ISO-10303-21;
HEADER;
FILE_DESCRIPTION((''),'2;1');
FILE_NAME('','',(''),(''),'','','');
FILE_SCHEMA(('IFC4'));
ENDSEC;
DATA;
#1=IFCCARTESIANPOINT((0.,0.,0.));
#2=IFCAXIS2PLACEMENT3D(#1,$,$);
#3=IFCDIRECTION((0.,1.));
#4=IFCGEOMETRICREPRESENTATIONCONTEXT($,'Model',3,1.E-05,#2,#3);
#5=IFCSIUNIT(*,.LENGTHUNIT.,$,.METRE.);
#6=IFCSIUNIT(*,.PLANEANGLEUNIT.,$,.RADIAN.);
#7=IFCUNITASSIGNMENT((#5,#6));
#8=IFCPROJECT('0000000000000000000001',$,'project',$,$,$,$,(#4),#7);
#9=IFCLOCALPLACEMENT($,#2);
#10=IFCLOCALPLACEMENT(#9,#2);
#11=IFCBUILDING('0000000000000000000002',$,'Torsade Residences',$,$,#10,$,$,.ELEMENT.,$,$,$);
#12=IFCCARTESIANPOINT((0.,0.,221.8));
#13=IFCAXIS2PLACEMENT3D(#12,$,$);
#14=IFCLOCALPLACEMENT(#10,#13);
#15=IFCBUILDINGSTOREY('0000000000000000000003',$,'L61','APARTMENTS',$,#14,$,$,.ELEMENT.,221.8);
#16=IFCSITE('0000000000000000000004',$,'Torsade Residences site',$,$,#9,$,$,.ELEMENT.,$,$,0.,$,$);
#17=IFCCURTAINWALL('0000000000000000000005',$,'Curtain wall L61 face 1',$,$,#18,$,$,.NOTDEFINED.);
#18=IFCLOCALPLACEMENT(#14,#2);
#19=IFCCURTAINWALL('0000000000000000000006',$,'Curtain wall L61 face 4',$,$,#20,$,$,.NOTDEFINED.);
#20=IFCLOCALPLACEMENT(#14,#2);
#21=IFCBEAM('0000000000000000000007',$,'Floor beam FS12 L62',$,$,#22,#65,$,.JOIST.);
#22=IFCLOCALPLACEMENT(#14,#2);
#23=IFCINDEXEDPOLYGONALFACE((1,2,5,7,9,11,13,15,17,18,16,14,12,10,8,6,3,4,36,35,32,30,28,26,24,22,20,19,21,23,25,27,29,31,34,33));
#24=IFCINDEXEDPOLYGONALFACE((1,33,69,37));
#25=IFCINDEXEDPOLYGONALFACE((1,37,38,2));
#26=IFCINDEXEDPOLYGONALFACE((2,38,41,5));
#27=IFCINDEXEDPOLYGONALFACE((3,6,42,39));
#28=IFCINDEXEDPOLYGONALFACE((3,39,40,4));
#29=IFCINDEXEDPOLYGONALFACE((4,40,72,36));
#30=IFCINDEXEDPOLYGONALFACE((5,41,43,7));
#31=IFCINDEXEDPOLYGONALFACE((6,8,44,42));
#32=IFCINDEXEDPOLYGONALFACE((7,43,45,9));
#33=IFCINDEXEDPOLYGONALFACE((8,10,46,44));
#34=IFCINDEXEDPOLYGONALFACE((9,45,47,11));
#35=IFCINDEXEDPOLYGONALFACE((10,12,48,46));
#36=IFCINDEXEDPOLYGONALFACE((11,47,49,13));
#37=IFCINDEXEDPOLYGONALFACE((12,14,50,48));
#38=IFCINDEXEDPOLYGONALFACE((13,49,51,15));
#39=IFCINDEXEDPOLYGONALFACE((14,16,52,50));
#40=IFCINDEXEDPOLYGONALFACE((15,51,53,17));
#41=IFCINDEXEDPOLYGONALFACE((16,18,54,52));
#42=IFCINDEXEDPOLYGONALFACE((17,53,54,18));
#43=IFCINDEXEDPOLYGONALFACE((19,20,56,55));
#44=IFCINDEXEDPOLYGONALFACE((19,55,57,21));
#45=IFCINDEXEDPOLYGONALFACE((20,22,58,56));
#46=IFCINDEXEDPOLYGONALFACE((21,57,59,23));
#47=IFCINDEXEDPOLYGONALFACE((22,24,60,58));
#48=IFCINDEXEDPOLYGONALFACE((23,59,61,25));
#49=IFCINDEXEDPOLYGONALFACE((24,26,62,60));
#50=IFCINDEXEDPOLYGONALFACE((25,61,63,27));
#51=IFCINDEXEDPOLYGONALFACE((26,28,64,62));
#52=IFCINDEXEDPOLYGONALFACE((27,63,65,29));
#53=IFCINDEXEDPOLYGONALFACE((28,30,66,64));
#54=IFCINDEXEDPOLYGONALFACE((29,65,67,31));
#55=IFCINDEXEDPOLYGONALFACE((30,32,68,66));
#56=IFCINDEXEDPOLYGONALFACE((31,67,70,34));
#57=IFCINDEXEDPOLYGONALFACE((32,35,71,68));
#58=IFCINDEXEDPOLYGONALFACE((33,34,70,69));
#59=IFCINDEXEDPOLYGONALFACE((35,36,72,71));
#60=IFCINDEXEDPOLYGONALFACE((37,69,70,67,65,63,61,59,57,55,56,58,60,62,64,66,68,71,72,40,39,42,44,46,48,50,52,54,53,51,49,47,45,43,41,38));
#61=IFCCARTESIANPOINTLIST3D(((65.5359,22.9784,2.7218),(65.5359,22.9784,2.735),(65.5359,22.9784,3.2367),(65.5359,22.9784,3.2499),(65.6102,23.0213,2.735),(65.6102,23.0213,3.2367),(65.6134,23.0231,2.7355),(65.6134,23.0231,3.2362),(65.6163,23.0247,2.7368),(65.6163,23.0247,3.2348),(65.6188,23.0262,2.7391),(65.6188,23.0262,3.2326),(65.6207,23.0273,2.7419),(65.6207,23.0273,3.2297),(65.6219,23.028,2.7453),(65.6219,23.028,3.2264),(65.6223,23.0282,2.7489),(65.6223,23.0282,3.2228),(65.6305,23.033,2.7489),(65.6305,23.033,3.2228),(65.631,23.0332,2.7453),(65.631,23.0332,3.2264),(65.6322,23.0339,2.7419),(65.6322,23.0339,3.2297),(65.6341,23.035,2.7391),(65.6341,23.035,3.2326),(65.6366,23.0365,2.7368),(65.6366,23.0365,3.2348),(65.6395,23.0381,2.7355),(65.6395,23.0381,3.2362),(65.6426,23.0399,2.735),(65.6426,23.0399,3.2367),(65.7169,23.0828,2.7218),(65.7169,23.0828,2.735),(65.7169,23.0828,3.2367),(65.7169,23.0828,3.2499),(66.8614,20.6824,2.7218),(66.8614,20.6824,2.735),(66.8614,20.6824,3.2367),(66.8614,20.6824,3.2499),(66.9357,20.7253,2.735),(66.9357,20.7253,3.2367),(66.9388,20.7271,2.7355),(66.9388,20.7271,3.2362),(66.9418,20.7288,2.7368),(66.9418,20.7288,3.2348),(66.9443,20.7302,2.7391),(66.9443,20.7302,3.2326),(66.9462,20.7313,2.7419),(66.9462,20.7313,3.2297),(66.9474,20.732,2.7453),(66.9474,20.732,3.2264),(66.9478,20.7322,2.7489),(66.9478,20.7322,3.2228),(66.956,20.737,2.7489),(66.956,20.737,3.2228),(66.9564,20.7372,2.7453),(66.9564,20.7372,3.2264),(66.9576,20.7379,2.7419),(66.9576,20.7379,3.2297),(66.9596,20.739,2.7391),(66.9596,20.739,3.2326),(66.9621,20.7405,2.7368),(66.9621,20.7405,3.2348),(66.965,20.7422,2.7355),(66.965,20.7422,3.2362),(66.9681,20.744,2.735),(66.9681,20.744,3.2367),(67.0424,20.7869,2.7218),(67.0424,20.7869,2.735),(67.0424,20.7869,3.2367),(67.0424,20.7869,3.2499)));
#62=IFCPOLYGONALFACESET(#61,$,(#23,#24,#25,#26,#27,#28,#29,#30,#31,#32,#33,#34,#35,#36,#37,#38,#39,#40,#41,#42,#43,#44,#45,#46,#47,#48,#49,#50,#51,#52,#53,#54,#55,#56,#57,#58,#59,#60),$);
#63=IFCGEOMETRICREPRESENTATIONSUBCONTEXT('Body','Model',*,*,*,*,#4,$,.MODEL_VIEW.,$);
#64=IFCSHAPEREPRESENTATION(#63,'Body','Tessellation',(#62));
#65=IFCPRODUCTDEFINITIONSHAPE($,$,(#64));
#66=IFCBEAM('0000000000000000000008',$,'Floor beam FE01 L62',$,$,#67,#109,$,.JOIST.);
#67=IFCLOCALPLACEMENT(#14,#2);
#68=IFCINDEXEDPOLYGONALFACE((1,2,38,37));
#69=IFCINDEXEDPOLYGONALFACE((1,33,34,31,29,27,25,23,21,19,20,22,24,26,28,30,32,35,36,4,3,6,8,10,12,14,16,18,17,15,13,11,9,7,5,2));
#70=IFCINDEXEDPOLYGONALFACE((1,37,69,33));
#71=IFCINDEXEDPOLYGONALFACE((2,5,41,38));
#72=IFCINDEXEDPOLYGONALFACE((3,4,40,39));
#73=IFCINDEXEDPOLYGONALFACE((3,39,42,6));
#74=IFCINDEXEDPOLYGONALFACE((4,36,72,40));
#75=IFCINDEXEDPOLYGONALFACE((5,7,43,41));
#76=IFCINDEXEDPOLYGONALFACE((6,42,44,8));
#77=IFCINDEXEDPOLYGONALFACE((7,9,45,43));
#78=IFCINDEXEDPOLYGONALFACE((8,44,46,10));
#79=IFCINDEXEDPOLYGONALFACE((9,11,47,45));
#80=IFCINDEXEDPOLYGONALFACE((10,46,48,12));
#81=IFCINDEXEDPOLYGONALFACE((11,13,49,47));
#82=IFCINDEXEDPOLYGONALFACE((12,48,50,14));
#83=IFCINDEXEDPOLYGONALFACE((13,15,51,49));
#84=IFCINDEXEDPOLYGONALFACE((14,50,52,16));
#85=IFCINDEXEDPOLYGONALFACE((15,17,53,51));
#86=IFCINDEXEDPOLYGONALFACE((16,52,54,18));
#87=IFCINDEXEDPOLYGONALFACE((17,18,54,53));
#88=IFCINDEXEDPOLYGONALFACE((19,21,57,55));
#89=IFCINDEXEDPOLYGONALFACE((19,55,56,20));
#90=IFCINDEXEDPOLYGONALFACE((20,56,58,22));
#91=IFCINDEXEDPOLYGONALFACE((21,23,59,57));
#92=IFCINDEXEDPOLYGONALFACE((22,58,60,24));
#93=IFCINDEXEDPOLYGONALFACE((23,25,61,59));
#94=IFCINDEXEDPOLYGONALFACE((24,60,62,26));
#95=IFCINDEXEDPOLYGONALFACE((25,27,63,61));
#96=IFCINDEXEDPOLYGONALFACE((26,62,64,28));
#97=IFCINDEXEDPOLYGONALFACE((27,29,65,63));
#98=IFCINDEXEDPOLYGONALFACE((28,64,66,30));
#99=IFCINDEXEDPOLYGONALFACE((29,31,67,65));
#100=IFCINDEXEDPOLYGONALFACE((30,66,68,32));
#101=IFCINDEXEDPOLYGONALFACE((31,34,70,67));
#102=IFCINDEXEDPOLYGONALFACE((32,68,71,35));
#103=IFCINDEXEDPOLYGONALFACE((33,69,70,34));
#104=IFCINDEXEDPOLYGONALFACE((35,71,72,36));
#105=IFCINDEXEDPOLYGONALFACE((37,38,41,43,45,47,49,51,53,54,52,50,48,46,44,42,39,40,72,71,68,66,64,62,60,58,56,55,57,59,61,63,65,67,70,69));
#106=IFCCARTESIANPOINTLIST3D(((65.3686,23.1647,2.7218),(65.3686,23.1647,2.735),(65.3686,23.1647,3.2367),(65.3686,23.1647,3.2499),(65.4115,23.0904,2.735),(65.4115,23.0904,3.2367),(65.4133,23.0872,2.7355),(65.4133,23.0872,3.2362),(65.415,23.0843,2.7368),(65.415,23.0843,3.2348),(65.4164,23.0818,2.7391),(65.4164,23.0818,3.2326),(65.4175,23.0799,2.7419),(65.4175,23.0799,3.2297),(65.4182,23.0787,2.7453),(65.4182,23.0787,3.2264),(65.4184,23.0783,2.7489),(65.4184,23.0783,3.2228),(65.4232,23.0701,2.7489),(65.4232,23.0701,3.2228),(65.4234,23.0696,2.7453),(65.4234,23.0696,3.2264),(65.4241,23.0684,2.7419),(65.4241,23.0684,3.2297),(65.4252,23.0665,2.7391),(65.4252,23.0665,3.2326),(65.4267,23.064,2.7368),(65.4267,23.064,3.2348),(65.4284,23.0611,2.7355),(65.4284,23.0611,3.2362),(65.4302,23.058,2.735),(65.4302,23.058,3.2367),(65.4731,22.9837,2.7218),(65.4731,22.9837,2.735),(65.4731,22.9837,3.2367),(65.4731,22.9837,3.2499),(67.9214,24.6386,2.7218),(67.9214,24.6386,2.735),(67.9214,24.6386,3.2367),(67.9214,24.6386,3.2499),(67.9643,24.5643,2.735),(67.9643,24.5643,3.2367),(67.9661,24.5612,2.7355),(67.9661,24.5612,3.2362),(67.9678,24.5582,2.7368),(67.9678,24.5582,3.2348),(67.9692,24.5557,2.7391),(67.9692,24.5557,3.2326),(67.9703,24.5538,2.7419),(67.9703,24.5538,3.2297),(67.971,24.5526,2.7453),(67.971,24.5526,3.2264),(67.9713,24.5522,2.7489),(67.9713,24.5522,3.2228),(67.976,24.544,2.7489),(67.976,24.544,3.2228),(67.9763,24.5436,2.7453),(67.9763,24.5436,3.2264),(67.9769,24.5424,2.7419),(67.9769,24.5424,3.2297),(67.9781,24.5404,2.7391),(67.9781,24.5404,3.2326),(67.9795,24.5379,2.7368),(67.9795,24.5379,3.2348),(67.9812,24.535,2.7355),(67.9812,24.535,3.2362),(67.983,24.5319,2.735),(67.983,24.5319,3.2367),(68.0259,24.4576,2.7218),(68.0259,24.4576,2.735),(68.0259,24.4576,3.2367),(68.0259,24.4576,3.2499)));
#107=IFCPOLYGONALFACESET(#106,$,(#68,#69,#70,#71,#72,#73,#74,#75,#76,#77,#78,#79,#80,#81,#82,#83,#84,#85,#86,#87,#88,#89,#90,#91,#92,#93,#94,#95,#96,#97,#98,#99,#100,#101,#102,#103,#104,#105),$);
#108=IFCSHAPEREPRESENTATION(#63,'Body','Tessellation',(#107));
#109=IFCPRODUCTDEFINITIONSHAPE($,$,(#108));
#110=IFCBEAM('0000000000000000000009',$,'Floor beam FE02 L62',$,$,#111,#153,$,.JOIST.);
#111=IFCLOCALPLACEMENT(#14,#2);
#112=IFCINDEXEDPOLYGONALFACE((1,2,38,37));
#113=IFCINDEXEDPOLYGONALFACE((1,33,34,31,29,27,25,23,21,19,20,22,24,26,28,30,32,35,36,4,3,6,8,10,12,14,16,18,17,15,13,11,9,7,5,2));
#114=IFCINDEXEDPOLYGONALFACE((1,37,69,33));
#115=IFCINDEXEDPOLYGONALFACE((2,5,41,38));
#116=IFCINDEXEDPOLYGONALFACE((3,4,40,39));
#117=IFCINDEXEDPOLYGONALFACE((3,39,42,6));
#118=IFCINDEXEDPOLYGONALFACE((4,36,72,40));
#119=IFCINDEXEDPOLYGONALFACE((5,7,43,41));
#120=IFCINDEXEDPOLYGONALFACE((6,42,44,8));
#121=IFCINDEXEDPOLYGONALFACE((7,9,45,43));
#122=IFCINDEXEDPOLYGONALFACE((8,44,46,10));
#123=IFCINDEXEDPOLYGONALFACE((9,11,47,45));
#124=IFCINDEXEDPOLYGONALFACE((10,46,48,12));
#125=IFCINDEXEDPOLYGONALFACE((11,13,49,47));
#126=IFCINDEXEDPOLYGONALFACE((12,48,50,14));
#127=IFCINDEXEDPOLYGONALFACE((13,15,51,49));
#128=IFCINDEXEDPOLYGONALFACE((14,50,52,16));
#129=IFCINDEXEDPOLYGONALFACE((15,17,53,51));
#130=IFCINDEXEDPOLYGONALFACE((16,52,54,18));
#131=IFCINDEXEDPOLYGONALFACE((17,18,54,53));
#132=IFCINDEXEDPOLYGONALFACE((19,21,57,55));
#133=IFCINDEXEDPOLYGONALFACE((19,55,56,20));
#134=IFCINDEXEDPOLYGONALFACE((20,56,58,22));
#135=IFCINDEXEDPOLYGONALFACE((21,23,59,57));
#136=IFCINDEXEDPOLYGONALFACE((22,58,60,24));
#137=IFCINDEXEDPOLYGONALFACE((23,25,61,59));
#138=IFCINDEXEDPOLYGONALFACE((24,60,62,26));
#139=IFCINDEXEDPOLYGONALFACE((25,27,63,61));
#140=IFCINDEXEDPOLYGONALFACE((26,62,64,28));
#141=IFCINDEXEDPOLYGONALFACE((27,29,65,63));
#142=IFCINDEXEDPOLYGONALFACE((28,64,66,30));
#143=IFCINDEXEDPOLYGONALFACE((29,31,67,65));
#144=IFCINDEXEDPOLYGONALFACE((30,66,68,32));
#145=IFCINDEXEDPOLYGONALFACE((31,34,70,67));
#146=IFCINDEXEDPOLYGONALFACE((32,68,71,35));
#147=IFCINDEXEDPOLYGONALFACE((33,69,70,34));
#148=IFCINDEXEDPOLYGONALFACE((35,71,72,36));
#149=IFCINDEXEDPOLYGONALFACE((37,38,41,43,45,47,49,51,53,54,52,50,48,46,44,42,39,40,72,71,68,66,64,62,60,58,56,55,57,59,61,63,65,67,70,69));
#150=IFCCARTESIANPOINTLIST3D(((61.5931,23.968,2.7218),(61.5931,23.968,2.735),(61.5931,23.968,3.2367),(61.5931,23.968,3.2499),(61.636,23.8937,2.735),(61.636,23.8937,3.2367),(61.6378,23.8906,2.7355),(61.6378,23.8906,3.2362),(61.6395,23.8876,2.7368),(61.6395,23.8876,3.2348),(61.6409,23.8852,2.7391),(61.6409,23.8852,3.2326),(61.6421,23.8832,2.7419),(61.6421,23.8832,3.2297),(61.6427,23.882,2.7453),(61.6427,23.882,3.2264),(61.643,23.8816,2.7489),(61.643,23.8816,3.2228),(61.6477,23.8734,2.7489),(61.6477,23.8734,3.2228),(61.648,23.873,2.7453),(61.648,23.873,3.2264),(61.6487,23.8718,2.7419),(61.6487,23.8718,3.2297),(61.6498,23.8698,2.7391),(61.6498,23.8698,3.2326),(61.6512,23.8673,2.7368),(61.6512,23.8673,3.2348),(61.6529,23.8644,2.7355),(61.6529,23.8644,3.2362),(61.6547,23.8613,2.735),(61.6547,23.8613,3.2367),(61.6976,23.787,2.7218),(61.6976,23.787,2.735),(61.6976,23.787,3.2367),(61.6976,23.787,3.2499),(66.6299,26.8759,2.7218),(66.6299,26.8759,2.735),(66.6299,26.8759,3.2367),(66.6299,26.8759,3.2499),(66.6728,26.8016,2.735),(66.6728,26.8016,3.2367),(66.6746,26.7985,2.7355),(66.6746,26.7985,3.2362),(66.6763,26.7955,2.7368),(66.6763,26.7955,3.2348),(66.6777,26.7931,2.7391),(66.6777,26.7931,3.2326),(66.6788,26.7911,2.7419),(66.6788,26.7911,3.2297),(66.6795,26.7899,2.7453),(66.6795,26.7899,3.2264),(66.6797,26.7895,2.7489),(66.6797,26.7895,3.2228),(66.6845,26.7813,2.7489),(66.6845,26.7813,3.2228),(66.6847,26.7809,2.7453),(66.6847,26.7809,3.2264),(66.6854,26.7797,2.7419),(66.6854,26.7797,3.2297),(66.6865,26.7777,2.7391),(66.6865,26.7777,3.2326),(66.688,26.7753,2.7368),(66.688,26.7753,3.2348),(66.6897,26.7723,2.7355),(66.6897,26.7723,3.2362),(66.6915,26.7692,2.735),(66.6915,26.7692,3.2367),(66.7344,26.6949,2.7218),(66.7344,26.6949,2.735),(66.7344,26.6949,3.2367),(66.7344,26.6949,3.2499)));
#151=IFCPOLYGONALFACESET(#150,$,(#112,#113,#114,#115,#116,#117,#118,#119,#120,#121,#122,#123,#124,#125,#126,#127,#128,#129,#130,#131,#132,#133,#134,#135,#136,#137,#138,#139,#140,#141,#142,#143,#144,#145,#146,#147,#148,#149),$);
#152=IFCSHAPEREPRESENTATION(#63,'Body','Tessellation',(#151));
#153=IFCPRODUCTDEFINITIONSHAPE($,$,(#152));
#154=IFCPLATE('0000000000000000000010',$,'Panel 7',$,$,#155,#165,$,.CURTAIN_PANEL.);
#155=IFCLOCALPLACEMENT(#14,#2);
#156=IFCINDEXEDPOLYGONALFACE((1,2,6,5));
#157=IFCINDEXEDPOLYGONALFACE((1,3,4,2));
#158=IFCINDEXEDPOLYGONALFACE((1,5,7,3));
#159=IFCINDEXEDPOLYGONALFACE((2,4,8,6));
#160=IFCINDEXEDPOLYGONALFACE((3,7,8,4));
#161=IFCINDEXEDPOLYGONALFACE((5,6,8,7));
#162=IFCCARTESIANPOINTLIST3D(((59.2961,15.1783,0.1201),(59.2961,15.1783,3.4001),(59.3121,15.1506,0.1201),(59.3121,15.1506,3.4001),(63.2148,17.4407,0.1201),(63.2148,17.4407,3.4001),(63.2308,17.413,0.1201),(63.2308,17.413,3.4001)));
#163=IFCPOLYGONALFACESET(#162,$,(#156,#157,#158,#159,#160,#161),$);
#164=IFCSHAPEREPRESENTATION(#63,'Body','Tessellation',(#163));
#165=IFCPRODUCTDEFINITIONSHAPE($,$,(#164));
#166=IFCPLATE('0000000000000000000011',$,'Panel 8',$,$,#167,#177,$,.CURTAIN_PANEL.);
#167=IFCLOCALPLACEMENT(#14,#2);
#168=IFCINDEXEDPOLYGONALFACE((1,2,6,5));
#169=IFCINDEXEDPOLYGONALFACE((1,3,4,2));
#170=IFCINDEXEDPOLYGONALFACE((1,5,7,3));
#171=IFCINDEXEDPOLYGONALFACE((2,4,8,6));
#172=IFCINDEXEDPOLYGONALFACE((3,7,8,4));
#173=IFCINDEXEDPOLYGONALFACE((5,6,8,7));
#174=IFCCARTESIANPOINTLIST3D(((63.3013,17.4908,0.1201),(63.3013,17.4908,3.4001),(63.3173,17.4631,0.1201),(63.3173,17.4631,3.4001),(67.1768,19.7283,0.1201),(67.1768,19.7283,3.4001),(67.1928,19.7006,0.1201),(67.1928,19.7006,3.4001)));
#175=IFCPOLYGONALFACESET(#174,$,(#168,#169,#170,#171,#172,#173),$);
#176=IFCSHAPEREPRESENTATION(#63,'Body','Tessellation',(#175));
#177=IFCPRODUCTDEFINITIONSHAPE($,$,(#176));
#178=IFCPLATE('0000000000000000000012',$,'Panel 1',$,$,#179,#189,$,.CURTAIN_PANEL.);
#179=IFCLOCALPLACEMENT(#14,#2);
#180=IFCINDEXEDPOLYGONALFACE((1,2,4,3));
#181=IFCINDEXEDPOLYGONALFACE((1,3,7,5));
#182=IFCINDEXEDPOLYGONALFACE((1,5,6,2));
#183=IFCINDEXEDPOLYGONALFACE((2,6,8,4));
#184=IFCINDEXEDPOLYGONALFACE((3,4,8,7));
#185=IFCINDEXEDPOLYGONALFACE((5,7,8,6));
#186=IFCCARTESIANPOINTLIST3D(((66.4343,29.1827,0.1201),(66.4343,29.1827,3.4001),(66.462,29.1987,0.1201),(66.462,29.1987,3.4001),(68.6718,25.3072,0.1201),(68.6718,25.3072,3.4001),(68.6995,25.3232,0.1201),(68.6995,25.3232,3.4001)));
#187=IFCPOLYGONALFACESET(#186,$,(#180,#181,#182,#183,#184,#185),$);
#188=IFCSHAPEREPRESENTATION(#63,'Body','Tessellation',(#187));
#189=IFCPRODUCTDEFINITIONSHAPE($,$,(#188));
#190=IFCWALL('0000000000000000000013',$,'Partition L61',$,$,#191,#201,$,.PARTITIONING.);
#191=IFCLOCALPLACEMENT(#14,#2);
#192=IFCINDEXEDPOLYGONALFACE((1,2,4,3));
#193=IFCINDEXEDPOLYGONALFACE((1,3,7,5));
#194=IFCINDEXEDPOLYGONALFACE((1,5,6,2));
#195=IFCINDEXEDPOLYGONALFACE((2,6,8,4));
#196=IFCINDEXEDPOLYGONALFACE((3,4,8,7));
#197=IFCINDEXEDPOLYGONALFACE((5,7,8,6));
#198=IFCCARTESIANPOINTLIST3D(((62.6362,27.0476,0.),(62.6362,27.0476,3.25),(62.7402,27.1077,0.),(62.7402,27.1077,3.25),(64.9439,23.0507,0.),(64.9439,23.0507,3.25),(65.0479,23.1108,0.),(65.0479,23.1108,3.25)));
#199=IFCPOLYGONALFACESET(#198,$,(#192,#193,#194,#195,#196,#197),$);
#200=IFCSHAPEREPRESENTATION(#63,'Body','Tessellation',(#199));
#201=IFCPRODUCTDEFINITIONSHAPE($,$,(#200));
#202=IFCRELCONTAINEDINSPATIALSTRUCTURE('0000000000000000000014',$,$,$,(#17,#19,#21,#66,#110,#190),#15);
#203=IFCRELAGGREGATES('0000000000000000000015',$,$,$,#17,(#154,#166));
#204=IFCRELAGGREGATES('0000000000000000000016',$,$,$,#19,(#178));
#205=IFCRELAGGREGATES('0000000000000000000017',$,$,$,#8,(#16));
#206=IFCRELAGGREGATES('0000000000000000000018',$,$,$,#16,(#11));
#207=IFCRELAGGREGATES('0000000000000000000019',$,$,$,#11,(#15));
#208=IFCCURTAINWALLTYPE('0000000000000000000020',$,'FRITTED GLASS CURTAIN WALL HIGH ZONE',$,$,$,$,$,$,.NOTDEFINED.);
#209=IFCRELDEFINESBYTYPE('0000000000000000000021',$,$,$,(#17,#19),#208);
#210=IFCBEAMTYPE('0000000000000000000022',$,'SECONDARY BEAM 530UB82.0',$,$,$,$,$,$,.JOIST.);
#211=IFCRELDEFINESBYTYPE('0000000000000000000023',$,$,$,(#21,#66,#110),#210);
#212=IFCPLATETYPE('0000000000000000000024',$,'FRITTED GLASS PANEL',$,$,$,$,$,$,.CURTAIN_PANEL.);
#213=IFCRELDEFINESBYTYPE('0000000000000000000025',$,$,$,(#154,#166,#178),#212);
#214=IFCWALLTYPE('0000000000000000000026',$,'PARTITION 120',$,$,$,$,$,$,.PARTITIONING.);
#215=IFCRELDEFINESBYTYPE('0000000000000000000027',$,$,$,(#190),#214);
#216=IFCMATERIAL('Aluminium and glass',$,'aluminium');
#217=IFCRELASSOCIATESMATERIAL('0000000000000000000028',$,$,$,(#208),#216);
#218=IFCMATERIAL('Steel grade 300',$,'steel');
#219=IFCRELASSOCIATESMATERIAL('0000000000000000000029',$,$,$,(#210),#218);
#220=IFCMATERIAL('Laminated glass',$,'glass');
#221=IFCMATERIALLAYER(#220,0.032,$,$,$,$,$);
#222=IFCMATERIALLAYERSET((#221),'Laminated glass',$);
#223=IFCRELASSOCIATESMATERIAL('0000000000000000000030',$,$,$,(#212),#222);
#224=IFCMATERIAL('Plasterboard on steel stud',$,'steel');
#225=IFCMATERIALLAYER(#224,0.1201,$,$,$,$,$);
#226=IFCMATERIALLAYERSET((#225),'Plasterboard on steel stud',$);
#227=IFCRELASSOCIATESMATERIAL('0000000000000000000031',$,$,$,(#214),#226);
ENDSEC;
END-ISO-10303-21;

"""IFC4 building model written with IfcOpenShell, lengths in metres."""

from ifc_helpers import new_model, si_unit, direction, frame, frame_2d, origin, origin_2d, place, context, subcontext, project, spatial, rectangle, i_section, extrude, material, layer, layer_set, material_profile, profile_set, type_object, element, aggregate, save


model = new_model("IFC4")

# Units and contexts
model_context = context("Model", 3, precision=1e-05, world=origin(), true_north=direction((0.0, 1.0)))
body_context = subcontext(model_context, "Body", "Model", "MODEL_VIEW")
ifc_project = project(units=[si_unit("LENGTHUNIT", "METRE"), si_unit("PLANEANGLEUNIT", "RADIAN")], contexts=[model_context])

# Site, building, storey
site_placement = place(None, origin())
site = spatial("IfcSite", under=ifc_project, at=site_placement, Name="Torsade Residences site", CompositionType="ELEMENT", RefElevation=0.0)
building_placement = place(site_placement, origin())
building = spatial("IfcBuilding", under=site, at=building_placement, Name="Torsade Residences", CompositionType="ELEMENT")
storey_placement = place(building_placement, frame((0.0, 0.0, 221.8)))
storey = spatial("IfcBuildingStorey", under=building, at=storey_placement, Name="L61", Description="APARTMENTS", CompositionType="ELEMENT", Elevation=221.8)

# Curtain wall
ifc_material_1 = material(Name="Aluminium and glass", Category="aluminium")
curtain_wall_type = type_object("IfcCurtainWallType", Name="FRITTED GLASS CURTAIN WALL HIGH ZONE", PredefinedType="NOTDEFINED", material=ifc_material_1)
curtain_wall_1_placement = place(storey_placement, origin())
curtain_wall_1 = element("IfcCurtainWall", 1, at=curtain_wall_1_placement, inside=storey, type_object=curtain_wall_type, Name="Curtain wall L61 face 1", PredefinedType="NOTDEFINED")

# Curtain wall
curtain_wall_2_placement = place(storey_placement, origin())
curtain_wall_2 = element("IfcCurtainWall", 2, at=curtain_wall_2_placement, inside=storey, type_object=curtain_wall_type, Name="Curtain wall L61 face 4", PredefinedType="NOTDEFINED")

# Beams
ifc_material_2 = material(Name="Steel grade 300", Category="steel")
ifc_material_profile_1 = material_profile(ifc_material_2, i_section(OverallWidth=0.209, OverallDepth=0.5281, WebThickness=0.0095, FlangeThickness=0.0132, FilletRadius=0.0139, at=origin_2d()), Name="530UB82.0")
ifc_profile_set_1 = profile_set([ifc_material_profile_1], Name="Steel grade 300")
beam_type_1 = type_object("IfcBeamType", Name="SECONDARY BEAM 530UB82.0", PredefinedType="JOIST", material=ifc_profile_set_1)
beam_1_placement = place(storey_placement, frame((66.9519, 20.7346, 2.9858), z_axis=(-0.499972, 0.866041, 0.0), x_axis=(-0.866041, -0.499972, 0.0)))
element("IfcBeam", 3, at=beam_1_placement, inside=storey, type_object=beam_type_1, Name="Floor beam FS12 L62", PredefinedType="JOIST", context=body_context, shape_type="SweptSolid", body=[
    extrude(i_section(OverallWidth=0.209, OverallDepth=0.5281, WebThickness=0.0095, FlangeThickness=0.0132, FilletRadius=0.0139, at=origin_2d()), origin(), (0.0, 0.0, 1.0), 2.6511),
])
beam_2_placement = place(storey_placement, frame((67.9736, 24.5481, 2.9858), z_axis=(-0.866017, -0.500014, 0.0), x_axis=(0.500014, -0.866017, 0.0)))
element("IfcBeam", 4, at=beam_2_placement, inside=storey, type_object=beam_type_1, Name="Floor beam FE01 L62", PredefinedType="JOIST", context=body_context, shape_type="SweptSolid", body=[
    extrude(i_section(OverallWidth=0.209, OverallDepth=0.5281, WebThickness=0.0095, FlangeThickness=0.0132, FilletRadius=0.0139, at=origin_2d()), origin(), (0.0, 0.0, 1.0), 2.9478),
])
beam_3_placement = place(storey_placement, frame((66.6821, 26.7854, 2.9858), z_axis=(-0.866031, -0.49999, 0.0), x_axis=(0.49999, -0.866031, 0.0)))
element("IfcBeam", 5, at=beam_3_placement, inside=storey, type_object=beam_type_1, Name="Floor beam FE02 L62", PredefinedType="JOIST", context=body_context, shape_type="SweptSolid", body=[
    extrude(i_section(OverallWidth=0.209, OverallDepth=0.5281, WebThickness=0.0095, FlangeThickness=0.0132, FilletRadius=0.0139, at=origin_2d()), origin(), (0.0, 0.0, 1.0), 5.8159),
])

# Plates
ifc_material_3 = material(Name="Laminated glass", Category="glass")
ifc_layer_1 = layer(ifc_material_3, 0.032)
ifc_layer_set_1 = layer_set([ifc_layer_1], Name="Laminated glass")
plate_type = type_object("IfcPlateType", Name="FRITTED GLASS PANEL", PredefinedType="CURTAIN_PANEL", material=ifc_layer_set_1)
plate_1_placement = place(storey_placement, frame((61.2634, 16.2957, 0.1201), z_axis=(0.0, 0.0, 1.0), x_axis=(0.866025, 0.5, 0.0)))
plate_1 = element("IfcPlate", 6, at=plate_1_placement, type_object=plate_type, Name="Panel 7", PredefinedType="CURTAIN_PANEL", context=body_context, shape_type="SweptSolid", body=[
    extrude(rectangle(XDim=4.5249, YDim=0.032, at=origin_2d()), origin(), (0.0, 0.0, 1.0), 3.28),
])
plate_2_placement = place(storey_placement, frame((65.2471, 18.5957, 0.1201), z_axis=(0.0, 0.0, 1.0), x_axis=(0.866025, 0.5, 0.0)))
plate_2 = element("IfcPlate", 7, at=plate_2_placement, type_object=plate_type, Name="Panel 8", PredefinedType="CURTAIN_PANEL", context=body_context, shape_type="SweptSolid", body=[
    extrude(rectangle(XDim=4.4751, YDim=0.032, at=origin_2d()), origin(), (0.0, 0.0, 1.0), 3.28),
])
aggregate(curtain_wall_1, [plate_1, plate_2])
plate_3_placement = place(storey_placement, frame((67.5669, 27.2529, 0.1201), z_axis=(0.0, 0.0, 1.0), x_axis=(-0.5, 0.866025, 0.0)))
plate_3 = element("IfcPlate", 8, at=plate_3_placement, type_object=plate_type, Name="Panel 1", PredefinedType="CURTAIN_PANEL", context=body_context, shape_type="SweptSolid", body=[
    extrude(rectangle(XDim=4.4751, YDim=0.032, at=origin_2d()), origin(), (0.0, 0.0, 1.0), 3.28),
])
aggregate(curtain_wall_2, [plate_3])

# Wall
ifc_material_4 = material(Name="Plasterboard on steel stud", Category="steel")
ifc_layer_2 = layer(ifc_material_4, 0.1201)
ifc_layer_set_2 = layer_set([ifc_layer_2], Name="Plasterboard on steel stud")
wall_type_1 = type_object("IfcWallType", Name="PARTITION 120", PredefinedType="PARTITIONING", material=ifc_layer_set_2)
wall_1_placement = place(storey_placement, frame((62.6882, 27.0776, 0.0), z_axis=(0.0, 0.0, 1.0), x_axis=(0.500008, -0.866021, 0.0)))
element("IfcWall", 9, at=wall_1_placement, inside=storey, type_object=wall_type_1, Name="Partition L61", PredefinedType="PARTITIONING", context=body_context, shape_type="SweptSolid", body=[
    extrude(rectangle(XDim=4.6152, YDim=0.1201, at=frame_2d((2.3076, 0.0))), origin(), (0.0, 0.0, 1.0), 3.25),
])

save(model, "model.ifc")
